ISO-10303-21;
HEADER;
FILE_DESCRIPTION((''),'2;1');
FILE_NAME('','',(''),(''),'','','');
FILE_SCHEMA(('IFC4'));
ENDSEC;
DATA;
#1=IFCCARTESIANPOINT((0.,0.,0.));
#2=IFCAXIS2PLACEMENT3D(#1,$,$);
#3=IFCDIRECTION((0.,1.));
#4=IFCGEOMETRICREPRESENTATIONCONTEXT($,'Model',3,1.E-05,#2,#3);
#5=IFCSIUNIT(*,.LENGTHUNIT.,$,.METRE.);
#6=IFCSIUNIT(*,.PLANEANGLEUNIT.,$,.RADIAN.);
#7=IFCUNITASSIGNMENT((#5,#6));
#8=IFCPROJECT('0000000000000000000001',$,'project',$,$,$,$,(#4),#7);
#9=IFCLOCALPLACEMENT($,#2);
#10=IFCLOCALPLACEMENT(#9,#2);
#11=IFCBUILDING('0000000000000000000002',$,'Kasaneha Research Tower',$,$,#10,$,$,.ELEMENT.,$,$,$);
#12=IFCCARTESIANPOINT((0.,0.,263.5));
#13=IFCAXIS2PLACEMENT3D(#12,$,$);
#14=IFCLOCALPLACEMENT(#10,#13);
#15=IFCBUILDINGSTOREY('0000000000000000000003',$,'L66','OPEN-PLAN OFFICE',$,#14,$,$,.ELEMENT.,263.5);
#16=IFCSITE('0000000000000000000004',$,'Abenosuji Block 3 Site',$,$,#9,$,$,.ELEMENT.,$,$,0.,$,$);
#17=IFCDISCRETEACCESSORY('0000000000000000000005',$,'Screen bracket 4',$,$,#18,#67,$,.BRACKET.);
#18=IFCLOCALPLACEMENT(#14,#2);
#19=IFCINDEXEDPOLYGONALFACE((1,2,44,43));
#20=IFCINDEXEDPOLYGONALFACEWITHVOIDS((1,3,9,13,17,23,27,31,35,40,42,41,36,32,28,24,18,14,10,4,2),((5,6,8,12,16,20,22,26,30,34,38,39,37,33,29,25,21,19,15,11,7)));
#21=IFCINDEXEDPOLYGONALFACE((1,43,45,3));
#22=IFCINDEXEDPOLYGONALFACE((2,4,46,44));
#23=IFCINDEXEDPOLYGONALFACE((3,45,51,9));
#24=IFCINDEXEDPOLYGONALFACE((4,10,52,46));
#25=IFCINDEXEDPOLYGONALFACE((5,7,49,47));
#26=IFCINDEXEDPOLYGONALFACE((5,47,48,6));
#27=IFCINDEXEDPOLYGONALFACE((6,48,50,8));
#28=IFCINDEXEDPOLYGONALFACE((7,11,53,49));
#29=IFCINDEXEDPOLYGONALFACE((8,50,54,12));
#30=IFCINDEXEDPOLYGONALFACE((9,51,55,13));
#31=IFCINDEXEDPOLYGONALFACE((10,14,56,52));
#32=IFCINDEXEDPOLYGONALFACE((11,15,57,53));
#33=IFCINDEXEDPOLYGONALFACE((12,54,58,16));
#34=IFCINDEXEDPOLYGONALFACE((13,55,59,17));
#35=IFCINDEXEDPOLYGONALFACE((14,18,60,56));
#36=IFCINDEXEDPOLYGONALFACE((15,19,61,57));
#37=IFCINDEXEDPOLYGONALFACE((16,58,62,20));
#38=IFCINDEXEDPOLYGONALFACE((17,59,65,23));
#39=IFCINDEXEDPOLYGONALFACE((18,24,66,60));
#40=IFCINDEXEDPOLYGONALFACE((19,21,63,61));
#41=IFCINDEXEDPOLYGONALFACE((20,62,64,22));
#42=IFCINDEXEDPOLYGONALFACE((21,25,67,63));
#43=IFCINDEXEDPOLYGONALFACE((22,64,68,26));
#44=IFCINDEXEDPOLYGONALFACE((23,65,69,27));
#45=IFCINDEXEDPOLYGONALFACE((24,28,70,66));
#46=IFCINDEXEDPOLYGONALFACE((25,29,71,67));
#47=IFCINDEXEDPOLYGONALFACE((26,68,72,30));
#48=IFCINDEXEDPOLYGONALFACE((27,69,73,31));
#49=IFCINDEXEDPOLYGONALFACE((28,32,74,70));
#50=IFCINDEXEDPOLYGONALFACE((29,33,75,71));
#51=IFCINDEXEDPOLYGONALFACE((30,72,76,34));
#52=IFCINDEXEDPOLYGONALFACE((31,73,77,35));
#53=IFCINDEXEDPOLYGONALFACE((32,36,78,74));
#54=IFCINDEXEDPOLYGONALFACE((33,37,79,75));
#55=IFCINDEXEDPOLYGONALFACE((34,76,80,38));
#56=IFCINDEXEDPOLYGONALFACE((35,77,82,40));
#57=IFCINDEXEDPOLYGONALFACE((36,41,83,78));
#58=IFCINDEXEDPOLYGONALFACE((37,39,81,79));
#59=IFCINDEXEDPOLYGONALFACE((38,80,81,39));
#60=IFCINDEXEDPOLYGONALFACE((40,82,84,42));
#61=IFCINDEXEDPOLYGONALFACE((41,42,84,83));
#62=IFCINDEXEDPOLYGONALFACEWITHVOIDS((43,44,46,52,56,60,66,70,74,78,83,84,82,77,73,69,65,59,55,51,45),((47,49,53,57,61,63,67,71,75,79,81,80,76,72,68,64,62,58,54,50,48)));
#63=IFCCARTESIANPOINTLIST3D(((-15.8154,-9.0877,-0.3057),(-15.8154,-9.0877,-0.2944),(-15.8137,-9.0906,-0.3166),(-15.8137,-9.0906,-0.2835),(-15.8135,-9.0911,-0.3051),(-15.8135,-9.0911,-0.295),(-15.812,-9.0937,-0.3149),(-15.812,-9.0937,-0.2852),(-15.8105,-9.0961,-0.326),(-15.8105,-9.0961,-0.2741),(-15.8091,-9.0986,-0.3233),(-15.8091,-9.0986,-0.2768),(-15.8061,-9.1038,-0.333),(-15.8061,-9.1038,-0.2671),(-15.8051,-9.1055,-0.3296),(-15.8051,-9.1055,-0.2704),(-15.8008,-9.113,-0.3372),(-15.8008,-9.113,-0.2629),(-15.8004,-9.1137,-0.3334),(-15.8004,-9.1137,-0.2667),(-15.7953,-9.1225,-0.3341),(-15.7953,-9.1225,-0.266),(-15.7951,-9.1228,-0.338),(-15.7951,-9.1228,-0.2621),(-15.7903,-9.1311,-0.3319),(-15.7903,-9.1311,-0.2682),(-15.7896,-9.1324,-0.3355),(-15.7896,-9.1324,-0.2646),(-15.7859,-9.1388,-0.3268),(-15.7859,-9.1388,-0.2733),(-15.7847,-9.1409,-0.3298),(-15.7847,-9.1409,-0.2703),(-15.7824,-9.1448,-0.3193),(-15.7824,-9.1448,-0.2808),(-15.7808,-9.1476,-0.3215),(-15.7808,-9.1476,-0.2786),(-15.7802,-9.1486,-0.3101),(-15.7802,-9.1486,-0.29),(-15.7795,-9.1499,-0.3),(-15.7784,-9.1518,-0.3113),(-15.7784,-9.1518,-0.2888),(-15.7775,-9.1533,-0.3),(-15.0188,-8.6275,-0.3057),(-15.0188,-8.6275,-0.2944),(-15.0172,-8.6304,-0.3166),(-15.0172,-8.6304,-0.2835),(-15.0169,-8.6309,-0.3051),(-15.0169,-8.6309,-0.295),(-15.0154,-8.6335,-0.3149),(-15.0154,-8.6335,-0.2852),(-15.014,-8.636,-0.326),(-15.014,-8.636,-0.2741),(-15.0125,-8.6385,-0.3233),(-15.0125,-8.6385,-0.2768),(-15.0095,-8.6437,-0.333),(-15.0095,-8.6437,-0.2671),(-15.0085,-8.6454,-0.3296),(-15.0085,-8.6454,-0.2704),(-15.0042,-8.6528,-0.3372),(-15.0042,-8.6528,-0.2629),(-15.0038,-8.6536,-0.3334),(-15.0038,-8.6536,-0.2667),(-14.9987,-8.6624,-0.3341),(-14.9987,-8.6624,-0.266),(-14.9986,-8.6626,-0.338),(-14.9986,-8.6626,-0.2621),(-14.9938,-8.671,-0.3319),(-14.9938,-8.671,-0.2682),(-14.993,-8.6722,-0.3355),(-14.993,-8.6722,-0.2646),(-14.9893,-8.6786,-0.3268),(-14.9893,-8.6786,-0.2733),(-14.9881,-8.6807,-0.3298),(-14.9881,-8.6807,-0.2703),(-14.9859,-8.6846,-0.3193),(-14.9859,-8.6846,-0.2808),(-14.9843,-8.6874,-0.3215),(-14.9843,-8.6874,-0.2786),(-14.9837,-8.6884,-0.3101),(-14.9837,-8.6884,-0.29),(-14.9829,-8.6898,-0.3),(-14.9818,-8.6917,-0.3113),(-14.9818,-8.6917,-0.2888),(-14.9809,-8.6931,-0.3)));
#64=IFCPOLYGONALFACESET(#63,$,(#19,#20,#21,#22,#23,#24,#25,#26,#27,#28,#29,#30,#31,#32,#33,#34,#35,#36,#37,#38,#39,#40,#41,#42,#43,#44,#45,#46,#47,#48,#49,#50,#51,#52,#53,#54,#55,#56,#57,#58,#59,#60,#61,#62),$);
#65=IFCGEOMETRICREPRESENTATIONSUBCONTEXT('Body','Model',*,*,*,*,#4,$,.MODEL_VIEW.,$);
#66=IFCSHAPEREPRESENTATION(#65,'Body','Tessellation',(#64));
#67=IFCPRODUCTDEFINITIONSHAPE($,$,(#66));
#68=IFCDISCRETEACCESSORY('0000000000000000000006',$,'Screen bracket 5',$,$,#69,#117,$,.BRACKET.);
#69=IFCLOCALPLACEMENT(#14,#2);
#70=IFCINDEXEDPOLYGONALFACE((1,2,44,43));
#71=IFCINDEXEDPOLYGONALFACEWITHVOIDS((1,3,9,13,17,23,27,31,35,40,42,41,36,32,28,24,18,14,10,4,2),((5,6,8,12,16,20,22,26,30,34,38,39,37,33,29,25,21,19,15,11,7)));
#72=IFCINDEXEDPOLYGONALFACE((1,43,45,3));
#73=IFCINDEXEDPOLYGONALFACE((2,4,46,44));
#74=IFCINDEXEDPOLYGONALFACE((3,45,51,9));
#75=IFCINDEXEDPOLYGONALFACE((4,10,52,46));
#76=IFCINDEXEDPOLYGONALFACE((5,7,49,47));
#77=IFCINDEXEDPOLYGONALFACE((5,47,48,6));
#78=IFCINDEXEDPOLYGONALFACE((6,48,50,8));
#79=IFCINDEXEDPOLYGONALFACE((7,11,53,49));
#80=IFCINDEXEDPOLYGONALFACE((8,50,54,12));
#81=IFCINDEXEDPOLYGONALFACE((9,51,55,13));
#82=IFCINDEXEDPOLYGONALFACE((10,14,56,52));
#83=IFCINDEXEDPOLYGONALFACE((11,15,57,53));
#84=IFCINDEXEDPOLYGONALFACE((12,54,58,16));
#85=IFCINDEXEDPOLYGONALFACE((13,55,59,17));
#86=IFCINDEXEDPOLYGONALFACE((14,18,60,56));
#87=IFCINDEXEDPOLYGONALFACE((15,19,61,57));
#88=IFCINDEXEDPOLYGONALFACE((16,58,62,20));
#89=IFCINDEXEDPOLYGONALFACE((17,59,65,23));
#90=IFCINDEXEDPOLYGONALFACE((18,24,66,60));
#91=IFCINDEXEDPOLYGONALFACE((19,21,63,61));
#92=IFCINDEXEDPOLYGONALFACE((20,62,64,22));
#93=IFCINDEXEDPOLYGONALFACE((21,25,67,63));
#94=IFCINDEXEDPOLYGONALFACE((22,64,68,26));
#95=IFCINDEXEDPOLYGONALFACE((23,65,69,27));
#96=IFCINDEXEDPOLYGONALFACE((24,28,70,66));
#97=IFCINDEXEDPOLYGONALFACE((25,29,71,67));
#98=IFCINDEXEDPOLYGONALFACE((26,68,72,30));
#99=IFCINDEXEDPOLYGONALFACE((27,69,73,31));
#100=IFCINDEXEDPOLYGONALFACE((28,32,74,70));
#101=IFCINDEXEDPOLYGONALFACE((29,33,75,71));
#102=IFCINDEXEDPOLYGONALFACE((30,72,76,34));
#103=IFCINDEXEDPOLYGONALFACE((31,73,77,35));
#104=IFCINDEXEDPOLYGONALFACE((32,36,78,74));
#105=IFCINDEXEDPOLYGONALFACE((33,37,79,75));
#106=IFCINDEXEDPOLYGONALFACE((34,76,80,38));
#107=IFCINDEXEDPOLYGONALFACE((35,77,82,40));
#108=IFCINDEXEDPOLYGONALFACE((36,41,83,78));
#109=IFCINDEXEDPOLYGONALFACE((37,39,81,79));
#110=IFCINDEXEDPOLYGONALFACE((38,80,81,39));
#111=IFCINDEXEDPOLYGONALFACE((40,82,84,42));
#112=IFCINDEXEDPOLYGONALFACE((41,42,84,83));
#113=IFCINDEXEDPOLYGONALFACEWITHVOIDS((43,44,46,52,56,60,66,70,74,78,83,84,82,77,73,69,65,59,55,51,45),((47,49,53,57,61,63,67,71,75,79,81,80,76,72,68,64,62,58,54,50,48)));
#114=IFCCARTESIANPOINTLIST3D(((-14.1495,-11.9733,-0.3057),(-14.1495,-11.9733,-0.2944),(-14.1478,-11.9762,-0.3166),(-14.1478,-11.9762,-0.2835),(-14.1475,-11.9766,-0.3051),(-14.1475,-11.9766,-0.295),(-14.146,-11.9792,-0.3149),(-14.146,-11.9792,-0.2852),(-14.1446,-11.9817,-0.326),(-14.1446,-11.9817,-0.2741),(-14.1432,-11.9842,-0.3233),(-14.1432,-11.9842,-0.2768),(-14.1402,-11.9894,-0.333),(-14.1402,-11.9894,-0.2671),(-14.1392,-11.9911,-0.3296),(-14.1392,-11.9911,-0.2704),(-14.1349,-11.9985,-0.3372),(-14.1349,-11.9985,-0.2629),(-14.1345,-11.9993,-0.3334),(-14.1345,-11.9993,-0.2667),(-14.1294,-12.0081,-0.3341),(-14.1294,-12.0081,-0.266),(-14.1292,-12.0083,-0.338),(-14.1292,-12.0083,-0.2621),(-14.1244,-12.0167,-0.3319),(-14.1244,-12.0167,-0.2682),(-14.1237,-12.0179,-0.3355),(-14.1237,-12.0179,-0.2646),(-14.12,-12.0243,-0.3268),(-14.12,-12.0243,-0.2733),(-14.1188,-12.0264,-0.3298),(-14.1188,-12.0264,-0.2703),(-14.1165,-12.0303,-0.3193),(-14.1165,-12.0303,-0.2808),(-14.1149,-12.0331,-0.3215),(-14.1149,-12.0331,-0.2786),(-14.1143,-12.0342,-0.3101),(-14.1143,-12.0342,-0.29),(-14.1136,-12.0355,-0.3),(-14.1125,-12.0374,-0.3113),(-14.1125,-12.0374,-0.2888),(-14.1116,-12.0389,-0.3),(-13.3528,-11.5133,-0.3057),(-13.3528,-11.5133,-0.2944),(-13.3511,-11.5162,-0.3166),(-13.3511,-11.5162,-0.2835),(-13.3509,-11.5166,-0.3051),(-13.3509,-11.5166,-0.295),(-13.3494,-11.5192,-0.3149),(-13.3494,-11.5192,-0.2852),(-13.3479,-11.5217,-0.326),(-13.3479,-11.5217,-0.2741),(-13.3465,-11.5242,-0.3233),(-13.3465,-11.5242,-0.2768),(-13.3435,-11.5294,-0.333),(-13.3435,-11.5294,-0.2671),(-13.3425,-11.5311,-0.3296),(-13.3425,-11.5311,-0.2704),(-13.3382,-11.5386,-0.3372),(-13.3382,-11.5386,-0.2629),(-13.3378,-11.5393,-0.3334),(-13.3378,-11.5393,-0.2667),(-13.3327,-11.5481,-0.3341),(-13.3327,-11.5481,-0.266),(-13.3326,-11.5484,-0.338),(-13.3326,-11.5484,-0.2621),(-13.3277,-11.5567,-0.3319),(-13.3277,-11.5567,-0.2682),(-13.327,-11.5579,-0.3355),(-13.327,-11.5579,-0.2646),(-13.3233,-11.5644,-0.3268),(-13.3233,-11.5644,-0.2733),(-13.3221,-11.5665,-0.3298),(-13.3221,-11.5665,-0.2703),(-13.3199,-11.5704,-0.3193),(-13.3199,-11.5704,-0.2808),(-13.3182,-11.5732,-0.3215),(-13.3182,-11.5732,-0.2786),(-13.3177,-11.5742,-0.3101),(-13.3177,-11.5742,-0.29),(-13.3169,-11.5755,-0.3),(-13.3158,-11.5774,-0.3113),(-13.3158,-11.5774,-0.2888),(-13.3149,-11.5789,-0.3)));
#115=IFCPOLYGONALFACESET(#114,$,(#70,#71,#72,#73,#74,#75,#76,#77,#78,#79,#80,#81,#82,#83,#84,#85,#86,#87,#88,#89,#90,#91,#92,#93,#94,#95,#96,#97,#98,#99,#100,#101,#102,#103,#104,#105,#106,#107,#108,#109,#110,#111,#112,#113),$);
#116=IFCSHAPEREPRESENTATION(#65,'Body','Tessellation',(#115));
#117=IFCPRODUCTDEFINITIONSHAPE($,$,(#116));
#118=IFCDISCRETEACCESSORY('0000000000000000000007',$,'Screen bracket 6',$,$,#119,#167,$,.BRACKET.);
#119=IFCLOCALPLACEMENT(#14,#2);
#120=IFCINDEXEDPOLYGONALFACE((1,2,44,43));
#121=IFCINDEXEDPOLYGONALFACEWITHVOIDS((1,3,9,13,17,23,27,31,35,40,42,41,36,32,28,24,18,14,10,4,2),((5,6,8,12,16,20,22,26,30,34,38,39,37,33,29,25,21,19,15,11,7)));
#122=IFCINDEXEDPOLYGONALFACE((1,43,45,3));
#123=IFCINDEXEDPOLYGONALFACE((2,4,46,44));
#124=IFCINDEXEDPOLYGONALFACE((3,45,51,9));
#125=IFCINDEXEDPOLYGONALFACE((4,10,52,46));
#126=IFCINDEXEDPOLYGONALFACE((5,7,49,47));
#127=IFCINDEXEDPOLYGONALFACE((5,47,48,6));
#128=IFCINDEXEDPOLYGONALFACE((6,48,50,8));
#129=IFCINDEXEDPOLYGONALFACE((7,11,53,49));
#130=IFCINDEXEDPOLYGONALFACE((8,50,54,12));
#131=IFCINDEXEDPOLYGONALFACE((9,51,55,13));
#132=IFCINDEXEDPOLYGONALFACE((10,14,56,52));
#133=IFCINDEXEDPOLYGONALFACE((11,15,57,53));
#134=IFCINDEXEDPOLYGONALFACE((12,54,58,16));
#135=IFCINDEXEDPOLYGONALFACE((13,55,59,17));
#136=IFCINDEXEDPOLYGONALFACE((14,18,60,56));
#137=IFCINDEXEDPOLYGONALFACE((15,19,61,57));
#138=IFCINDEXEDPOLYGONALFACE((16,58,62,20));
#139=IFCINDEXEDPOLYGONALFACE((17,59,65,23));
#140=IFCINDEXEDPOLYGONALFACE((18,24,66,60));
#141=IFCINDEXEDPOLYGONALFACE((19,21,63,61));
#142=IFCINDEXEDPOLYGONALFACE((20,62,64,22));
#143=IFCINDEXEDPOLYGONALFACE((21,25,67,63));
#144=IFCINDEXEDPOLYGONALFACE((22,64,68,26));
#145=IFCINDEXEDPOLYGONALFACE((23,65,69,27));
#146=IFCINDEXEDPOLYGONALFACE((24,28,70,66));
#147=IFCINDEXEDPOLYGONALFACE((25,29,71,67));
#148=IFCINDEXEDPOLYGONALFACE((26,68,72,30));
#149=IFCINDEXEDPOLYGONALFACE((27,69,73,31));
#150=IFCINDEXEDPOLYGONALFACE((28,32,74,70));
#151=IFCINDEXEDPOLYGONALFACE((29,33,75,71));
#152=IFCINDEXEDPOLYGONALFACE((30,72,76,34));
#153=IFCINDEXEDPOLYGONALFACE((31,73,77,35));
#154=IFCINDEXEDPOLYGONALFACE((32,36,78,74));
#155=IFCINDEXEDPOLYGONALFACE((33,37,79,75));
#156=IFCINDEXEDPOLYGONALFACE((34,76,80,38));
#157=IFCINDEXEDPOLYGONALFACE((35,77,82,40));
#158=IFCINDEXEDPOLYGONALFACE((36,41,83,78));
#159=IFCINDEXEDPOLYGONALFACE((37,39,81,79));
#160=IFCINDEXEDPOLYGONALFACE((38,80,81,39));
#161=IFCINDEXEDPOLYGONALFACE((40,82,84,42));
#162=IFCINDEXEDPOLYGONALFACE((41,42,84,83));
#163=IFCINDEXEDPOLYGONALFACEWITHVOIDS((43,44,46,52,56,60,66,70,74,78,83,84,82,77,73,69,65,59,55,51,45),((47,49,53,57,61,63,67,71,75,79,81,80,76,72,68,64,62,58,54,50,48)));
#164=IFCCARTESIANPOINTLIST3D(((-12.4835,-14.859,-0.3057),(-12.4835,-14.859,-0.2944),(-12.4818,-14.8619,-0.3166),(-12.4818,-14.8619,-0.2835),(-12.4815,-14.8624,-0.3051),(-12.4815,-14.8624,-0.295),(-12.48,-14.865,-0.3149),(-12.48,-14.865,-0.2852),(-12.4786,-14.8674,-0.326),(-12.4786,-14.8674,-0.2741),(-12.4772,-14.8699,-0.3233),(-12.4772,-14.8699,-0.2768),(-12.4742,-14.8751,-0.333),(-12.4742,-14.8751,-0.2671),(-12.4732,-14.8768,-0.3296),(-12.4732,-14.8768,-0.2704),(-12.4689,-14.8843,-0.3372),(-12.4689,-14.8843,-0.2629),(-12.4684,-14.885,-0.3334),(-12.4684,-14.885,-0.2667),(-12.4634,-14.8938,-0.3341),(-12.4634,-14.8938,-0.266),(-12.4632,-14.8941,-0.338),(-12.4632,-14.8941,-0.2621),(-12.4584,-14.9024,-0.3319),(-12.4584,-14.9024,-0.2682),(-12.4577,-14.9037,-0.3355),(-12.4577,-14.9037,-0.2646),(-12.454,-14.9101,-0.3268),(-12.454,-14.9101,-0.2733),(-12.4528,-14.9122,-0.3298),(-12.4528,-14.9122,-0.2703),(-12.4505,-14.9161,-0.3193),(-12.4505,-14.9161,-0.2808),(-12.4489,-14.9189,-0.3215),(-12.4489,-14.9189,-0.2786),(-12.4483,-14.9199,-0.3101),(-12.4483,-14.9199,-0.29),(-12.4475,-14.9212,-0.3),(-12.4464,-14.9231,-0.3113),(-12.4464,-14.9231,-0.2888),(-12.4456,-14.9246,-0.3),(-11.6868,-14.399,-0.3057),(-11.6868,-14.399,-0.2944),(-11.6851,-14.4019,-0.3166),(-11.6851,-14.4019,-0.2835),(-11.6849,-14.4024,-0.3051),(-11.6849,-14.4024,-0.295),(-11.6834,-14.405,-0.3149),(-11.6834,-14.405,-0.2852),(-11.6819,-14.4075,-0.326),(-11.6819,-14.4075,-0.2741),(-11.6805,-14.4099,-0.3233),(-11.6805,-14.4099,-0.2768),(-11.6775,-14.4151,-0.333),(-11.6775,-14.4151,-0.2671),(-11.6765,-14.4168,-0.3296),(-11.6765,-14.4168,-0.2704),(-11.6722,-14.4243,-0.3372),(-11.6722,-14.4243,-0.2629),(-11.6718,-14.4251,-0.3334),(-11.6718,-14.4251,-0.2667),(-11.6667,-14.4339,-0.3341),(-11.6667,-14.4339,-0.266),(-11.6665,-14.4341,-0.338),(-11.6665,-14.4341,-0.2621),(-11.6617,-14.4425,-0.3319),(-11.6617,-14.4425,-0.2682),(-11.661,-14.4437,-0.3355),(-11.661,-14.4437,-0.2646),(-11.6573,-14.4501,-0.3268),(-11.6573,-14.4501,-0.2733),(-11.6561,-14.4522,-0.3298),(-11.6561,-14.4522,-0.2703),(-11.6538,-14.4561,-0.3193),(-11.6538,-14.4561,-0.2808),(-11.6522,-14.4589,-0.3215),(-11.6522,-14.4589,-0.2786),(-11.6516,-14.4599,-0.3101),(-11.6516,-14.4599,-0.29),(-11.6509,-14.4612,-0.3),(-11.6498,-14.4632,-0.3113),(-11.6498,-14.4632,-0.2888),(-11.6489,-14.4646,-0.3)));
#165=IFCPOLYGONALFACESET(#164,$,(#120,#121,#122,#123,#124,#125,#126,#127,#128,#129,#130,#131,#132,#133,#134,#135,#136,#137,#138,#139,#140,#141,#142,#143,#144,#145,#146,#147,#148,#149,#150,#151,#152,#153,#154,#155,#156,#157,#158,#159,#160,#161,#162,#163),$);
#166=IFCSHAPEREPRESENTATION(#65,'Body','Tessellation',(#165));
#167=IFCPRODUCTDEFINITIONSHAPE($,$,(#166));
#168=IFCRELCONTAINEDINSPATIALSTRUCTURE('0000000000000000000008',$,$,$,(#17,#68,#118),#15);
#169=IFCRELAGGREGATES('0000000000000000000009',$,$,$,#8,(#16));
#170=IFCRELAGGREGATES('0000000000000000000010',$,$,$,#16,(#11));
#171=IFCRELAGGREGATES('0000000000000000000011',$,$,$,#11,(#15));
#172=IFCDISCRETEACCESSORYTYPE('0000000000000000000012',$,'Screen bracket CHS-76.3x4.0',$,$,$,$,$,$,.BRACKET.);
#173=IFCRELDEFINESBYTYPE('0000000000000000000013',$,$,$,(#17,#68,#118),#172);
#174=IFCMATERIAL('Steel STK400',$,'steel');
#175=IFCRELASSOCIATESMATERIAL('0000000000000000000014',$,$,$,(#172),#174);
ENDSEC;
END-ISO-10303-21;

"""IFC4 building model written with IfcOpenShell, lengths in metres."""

from ifc_helpers import new_model, si_unit, direction, frame, origin, origin_2d, place, context, subcontext, project, spatial, hollow_circle, extrude, material, material_profile, profile_set, type_object, element, save


model = new_model("IFC4")

# Units and contexts
model_context = context("Model", 3, precision=1e-05, world=origin(), true_north=direction((0.0, 1.0)))
body_context = subcontext(model_context, "Body", "Model", "MODEL_VIEW")
ifc_project = project(units=[si_unit("LENGTHUNIT", "METRE"), si_unit("PLANEANGLEUNIT", "RADIAN")], contexts=[model_context])

# Site, building, storey
site_placement = place(None, origin())
site = spatial("IfcSite", under=ifc_project, at=site_placement, Name="Abenosuji Block 3 Site", CompositionType="ELEMENT", RefElevation=0.0)
building_placement = place(site_placement, origin())
building = spatial("IfcBuilding", under=site, at=building_placement, Name="Kasaneha Research Tower", CompositionType="ELEMENT")
storey_placement = place(building_placement, frame((0.0, 0.0, 263.5)))
storey = spatial("IfcBuildingStorey", under=building, at=storey_placement, Name="L66", Description="OPEN-PLAN OFFICE", CompositionType="ELEMENT", Elevation=263.5)

# Discrete accessories
ifc_material_1 = material(Name="Steel STK400", Category="steel")
ifc_material_profile_1 = material_profile(ifc_material_1, hollow_circle(Radius=0.0381, WallThickness=0.0039, at=origin_2d()), Name="CHS-76.3x4.0")
ifc_profile_set_1 = profile_set([ifc_material_profile_1], Name="Steel STK400")
discrete_accessory_type = type_object("IfcDiscreteAccessoryType", Name="Screen bracket CHS-76.3x4.0", PredefinedType="BRACKET", material=ifc_profile_set_1)
for number, where, z_axis, x_axis, name in (
    (1, (-15.0, -8.6602, -0.3), (-0.865898, -0.50022, 0.0), (0.50022, -0.865898, 0.0), "Screen bracket 4"),
    (2, (-13.334, -11.5459, -0.3), (-0.866013, -0.500021, 0.0), (0.500021, -0.866013, 0.0), "Screen bracket 5"),
    (3, (-11.668, -14.4316, -0.3), (-0.866013, -0.500021, 0.0), (0.500021, -0.866013, 0.0), "Screen bracket 6"),
):
    element("IfcDiscreteAccessory", number, at=place(storey_placement, frame(where, z_axis=z_axis, x_axis=x_axis)), inside=storey, type_object=discrete_accessory_type, Name=name, PredefinedType="BRACKET", context=body_context, shape_type="SweptSolid", body=[
        extrude(hollow_circle(Radius=0.0381, WallThickness=0.0039, at=origin_2d()), origin(), (0.0, 0.0, 1.0), 0.9199),
    ])

save(model, "model.ifc")
